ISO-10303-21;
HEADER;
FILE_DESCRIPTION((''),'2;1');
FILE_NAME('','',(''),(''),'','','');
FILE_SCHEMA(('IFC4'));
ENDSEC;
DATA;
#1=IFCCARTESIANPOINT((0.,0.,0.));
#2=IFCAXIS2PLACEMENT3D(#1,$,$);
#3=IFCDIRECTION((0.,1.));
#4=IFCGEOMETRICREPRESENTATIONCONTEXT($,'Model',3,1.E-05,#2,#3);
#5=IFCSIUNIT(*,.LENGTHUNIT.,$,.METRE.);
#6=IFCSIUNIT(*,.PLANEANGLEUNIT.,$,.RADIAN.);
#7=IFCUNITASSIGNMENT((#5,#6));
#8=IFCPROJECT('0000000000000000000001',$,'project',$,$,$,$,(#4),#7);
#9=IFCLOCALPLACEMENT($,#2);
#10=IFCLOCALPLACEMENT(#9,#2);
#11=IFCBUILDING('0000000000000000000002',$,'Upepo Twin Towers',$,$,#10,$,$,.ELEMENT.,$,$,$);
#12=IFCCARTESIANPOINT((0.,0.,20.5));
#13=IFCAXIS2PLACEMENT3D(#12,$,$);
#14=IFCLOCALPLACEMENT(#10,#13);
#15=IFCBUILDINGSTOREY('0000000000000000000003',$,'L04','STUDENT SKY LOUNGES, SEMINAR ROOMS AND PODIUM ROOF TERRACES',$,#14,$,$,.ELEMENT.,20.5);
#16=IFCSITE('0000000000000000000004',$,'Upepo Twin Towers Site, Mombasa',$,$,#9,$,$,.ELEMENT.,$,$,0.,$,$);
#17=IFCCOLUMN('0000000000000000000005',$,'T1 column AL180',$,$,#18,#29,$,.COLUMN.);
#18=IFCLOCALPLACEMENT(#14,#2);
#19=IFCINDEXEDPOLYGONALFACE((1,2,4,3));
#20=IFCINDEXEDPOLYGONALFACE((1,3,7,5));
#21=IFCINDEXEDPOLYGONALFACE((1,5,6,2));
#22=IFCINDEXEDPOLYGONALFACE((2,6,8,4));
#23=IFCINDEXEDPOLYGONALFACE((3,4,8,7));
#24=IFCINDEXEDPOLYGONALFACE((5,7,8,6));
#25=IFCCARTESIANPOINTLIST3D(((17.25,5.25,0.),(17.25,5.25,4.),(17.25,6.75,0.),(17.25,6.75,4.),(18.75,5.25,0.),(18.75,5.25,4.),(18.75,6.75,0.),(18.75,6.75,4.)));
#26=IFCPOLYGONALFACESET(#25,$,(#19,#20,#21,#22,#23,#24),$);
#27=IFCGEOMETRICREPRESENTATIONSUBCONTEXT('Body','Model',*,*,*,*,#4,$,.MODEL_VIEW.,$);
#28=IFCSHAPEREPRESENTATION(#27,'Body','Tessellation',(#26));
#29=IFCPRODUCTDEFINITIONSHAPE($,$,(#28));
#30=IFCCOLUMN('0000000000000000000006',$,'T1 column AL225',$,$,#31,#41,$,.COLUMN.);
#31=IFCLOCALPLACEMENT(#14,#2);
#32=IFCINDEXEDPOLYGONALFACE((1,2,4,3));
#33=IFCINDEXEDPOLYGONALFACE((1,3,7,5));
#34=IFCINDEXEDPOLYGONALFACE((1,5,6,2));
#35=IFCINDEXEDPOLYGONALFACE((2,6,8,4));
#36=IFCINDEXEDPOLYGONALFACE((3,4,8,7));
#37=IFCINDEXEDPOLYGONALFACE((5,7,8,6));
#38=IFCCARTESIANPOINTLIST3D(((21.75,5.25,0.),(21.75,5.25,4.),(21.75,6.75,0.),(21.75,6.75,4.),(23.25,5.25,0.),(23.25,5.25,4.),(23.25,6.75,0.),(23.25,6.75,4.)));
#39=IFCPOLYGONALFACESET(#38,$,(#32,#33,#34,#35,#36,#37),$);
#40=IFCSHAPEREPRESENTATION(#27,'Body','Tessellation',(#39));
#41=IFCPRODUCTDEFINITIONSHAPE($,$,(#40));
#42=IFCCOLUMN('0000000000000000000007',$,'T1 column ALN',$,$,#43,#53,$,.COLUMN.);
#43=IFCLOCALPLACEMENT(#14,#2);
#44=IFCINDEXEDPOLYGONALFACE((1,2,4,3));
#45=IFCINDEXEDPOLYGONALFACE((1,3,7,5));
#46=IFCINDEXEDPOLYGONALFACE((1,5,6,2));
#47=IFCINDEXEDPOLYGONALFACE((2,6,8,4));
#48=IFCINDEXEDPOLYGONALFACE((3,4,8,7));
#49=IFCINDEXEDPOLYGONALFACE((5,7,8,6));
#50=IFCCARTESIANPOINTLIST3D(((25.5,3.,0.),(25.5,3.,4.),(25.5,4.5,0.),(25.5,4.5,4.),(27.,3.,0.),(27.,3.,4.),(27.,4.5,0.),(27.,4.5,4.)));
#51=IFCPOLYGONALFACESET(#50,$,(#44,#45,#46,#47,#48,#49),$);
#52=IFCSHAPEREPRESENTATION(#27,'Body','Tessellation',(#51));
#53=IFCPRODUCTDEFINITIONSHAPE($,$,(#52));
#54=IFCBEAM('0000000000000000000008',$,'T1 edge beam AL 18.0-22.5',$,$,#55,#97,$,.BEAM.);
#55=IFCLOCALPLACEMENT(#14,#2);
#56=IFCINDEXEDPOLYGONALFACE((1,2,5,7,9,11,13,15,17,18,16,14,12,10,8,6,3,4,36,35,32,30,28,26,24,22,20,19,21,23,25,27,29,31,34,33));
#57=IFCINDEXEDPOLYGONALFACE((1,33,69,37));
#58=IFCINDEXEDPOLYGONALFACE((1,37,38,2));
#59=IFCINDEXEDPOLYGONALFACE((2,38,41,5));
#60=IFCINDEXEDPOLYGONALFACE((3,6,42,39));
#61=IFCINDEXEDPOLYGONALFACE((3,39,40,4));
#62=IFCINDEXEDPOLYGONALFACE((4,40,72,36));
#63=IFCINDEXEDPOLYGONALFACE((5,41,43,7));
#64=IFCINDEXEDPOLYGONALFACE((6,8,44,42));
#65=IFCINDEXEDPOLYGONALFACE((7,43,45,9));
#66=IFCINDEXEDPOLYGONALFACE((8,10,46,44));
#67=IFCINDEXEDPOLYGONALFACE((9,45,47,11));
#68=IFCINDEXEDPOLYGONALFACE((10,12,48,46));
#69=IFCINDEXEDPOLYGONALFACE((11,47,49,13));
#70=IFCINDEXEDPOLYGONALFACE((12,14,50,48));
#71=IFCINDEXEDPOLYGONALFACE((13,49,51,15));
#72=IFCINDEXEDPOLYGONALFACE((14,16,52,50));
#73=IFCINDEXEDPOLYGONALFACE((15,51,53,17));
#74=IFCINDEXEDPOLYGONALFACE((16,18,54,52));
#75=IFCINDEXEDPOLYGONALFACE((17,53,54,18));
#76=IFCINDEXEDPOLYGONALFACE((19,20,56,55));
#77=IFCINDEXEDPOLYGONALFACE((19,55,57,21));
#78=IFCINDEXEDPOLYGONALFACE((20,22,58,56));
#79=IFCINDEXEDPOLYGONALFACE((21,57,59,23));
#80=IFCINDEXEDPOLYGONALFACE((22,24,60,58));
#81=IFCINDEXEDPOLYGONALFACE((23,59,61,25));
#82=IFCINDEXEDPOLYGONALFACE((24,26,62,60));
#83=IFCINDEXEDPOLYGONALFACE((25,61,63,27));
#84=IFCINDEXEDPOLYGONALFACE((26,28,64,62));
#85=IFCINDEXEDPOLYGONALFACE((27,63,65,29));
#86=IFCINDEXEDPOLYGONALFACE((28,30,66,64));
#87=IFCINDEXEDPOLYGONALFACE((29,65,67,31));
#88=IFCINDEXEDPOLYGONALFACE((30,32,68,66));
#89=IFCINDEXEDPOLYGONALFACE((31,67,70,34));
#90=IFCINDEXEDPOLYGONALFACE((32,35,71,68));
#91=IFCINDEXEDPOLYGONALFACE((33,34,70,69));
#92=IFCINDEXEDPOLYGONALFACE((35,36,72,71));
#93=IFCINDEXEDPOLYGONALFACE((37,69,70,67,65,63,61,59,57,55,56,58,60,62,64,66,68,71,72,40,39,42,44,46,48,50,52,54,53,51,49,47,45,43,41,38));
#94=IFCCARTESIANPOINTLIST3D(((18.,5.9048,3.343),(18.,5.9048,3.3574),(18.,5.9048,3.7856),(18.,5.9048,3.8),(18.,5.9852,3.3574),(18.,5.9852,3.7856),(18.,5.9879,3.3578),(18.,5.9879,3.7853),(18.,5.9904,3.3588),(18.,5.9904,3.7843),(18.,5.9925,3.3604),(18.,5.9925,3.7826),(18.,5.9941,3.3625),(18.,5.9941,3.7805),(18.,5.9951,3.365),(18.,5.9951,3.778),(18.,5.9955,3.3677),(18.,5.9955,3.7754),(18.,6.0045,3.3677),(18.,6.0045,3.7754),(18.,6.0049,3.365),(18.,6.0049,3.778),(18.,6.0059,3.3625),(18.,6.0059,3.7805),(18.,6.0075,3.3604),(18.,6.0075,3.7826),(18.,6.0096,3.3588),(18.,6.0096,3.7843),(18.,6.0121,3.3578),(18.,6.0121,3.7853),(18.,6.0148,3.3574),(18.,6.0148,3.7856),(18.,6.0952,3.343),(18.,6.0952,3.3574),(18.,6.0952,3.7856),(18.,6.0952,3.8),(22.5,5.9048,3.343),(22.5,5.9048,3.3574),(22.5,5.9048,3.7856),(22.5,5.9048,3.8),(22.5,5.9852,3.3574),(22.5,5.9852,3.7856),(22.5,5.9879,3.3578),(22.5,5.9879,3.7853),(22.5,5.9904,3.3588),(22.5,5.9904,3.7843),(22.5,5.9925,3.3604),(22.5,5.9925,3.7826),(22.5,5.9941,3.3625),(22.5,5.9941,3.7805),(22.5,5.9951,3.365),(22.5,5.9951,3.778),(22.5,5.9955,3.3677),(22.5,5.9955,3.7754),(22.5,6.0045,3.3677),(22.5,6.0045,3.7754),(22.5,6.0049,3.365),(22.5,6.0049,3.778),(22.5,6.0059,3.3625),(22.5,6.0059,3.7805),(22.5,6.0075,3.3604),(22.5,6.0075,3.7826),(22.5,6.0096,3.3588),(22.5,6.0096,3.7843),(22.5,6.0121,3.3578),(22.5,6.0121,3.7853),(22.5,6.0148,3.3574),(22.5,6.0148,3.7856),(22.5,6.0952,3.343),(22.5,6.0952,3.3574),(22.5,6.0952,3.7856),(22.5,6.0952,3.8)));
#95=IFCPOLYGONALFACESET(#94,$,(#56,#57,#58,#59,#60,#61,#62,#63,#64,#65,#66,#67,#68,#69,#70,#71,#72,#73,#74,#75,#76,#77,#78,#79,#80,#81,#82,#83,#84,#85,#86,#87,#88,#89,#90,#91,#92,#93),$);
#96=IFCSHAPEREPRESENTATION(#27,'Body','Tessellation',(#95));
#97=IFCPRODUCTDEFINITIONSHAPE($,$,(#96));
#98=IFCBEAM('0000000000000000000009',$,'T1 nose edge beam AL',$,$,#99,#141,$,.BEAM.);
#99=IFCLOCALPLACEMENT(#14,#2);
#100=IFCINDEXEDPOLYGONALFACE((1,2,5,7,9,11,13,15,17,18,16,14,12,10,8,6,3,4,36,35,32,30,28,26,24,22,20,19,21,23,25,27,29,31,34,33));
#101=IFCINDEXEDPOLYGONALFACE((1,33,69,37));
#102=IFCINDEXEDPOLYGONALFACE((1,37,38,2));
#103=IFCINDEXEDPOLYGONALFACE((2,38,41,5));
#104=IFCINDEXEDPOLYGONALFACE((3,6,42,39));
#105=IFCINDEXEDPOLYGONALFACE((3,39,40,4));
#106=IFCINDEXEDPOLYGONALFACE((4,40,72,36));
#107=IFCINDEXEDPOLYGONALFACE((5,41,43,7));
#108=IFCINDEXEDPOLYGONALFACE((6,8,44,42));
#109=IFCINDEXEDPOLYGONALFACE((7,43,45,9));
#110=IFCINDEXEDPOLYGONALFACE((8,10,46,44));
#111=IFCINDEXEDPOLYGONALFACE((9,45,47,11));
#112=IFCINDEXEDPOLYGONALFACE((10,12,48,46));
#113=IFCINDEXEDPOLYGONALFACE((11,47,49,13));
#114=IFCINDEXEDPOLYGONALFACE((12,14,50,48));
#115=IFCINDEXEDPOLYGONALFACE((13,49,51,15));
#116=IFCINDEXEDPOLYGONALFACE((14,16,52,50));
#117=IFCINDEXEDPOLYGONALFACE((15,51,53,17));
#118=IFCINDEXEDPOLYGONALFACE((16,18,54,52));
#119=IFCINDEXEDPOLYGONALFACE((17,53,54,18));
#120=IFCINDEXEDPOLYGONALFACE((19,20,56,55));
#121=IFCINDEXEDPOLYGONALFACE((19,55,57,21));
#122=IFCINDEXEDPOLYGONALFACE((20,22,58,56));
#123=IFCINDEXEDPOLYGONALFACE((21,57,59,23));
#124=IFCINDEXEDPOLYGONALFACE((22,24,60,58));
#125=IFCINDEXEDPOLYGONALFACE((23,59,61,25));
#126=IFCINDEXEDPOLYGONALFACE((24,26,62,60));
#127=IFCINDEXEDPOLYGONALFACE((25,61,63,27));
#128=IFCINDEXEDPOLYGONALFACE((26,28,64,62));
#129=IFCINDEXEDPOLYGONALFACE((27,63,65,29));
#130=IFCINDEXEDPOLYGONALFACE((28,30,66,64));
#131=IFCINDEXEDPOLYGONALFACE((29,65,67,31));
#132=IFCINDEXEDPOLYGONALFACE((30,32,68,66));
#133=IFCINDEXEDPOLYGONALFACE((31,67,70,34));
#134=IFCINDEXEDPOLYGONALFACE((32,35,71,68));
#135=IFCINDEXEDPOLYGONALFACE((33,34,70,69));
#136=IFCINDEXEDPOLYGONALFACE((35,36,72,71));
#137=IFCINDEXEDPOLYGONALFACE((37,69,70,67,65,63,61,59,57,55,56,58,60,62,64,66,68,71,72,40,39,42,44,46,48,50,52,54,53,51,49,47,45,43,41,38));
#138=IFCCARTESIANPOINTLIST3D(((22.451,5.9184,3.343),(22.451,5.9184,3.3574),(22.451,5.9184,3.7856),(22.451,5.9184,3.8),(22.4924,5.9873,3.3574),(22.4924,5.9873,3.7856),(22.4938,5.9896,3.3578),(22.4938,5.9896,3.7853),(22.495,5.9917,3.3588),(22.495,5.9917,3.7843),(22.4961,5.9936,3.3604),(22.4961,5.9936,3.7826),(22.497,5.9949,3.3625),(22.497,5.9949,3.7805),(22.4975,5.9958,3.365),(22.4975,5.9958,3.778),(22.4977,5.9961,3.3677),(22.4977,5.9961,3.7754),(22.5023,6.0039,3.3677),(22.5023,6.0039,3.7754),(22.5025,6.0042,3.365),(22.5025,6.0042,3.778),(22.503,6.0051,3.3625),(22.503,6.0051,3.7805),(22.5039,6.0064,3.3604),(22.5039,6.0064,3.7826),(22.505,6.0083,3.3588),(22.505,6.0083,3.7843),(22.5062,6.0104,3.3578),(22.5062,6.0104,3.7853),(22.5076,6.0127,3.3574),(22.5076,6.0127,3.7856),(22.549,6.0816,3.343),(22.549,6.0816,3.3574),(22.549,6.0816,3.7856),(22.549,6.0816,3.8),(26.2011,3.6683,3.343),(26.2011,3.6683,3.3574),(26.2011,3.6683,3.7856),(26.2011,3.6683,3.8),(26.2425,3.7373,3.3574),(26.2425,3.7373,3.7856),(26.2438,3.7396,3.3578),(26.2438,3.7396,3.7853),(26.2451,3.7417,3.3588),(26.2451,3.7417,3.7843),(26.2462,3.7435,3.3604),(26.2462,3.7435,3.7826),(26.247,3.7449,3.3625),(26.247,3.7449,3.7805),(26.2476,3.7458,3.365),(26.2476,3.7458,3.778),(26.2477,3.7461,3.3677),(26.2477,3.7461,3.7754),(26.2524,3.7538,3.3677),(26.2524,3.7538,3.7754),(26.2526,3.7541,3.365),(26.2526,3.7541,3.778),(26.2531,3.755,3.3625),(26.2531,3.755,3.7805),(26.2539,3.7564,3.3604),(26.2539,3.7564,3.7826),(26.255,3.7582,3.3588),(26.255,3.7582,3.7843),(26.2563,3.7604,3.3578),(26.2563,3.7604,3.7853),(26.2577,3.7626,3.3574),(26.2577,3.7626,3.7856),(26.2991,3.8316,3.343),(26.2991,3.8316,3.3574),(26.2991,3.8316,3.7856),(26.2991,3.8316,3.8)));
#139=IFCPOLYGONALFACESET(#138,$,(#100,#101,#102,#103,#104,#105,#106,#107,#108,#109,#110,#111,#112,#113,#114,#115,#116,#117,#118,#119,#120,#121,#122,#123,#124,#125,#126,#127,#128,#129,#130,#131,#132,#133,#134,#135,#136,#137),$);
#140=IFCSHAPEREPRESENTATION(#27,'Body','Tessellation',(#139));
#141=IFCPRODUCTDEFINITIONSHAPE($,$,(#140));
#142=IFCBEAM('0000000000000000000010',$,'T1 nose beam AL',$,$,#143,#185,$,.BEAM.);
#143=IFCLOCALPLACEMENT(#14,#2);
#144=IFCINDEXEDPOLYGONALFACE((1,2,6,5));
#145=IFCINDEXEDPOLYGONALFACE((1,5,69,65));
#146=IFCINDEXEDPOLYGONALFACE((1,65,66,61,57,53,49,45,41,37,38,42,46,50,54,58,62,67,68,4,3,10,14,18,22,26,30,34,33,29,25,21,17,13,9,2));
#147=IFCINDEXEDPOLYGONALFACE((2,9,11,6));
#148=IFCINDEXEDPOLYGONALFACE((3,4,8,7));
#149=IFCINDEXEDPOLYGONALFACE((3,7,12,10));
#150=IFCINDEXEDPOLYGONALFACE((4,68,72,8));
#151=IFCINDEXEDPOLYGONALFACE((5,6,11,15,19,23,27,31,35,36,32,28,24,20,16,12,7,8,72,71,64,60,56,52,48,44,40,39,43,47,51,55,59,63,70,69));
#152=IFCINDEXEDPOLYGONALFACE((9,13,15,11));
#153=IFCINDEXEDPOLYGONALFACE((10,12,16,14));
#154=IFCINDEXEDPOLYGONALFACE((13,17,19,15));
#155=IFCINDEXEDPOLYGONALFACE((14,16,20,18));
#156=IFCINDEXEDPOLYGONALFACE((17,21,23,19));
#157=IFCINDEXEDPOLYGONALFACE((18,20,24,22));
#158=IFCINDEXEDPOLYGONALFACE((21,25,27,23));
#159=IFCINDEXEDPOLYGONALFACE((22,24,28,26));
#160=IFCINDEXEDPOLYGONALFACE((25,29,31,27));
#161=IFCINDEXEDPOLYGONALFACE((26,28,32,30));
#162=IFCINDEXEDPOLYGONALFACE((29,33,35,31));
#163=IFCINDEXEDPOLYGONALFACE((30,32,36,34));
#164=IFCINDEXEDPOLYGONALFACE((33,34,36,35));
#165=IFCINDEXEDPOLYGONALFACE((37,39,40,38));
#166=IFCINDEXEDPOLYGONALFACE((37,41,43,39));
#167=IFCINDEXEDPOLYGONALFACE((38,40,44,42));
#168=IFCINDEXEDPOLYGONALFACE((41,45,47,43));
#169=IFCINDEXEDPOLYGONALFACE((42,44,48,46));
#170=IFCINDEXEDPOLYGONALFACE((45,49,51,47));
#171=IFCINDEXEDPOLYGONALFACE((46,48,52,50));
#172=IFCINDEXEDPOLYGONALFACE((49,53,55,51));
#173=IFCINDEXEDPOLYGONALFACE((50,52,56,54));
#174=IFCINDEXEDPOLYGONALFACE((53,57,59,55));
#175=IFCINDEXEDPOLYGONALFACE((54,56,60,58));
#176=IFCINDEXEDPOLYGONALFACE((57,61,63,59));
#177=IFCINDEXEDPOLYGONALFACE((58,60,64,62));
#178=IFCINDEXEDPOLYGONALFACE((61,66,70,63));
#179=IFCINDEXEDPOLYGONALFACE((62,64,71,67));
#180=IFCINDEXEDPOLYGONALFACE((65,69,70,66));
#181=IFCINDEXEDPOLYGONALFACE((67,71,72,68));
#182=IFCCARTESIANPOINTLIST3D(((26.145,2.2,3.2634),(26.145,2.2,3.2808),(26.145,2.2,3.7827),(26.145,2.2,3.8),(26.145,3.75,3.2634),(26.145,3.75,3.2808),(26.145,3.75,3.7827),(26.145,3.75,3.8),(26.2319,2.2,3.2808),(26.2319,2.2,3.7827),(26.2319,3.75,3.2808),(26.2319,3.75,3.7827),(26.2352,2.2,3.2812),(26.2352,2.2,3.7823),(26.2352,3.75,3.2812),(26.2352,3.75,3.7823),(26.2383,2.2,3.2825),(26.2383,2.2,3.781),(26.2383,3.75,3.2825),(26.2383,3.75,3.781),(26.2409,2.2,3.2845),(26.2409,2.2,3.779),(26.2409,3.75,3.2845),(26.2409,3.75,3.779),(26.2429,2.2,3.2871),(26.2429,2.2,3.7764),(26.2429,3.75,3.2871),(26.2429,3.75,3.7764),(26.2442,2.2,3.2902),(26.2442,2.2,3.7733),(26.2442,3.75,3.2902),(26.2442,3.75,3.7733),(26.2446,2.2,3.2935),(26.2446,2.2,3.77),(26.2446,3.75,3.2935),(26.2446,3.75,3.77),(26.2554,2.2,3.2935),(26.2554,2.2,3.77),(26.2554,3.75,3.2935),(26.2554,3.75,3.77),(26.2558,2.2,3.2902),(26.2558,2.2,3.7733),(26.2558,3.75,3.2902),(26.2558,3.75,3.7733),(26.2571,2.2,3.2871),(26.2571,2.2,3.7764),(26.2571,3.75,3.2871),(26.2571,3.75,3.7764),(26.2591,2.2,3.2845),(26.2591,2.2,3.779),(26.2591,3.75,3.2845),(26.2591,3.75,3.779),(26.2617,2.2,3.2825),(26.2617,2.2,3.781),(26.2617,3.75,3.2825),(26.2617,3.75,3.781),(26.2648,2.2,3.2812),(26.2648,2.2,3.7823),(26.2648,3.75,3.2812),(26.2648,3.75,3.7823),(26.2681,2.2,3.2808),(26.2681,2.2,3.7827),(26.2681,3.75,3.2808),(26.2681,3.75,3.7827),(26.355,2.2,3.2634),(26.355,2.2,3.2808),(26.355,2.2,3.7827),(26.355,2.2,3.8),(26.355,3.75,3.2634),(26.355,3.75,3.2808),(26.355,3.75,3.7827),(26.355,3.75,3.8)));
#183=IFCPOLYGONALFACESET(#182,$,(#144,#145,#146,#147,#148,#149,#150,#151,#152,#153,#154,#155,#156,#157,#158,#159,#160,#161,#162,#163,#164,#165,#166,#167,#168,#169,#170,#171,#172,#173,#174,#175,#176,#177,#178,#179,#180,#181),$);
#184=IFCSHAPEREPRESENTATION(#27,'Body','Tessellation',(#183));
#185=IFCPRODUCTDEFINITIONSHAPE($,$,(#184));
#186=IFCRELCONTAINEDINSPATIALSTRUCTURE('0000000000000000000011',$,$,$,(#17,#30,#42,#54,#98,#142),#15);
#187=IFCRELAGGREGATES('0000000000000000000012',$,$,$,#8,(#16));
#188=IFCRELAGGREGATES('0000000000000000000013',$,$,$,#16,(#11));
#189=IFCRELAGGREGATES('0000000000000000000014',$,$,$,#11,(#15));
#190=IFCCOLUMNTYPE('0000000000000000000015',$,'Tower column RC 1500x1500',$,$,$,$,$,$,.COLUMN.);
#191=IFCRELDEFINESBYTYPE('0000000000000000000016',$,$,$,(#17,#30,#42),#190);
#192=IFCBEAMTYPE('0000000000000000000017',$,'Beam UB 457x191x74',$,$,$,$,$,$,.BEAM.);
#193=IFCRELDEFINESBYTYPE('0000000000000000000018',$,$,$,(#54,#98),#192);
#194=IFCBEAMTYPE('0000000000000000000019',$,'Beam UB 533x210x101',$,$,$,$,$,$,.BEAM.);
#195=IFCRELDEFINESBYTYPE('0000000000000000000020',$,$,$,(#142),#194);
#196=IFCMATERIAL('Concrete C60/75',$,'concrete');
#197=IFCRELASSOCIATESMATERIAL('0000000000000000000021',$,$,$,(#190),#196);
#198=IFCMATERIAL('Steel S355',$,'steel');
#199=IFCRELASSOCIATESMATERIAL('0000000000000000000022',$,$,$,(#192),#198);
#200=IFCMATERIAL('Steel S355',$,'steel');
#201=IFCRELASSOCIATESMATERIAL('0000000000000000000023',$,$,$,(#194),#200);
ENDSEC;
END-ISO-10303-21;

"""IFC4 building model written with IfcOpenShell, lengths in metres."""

from ifc_helpers import new_model, si_unit, direction, frame, origin, origin_2d, place, context, subcontext, project, spatial, rectangle, i_section, extrude, material, material_profile, profile_set, type_object, element, save


model = new_model("IFC4")

# Units and contexts
model_context = context("Model", 3, precision=1e-05, world=origin(), true_north=direction((0.0, 1.0)))
body_context = subcontext(model_context, "Body", "Model", "MODEL_VIEW")
ifc_project = project(units=[si_unit("LENGTHUNIT", "METRE"), si_unit("PLANEANGLEUNIT", "RADIAN")], contexts=[model_context])

# Site, building, storey
site_placement = place(None, origin())
site = spatial("IfcSite", under=ifc_project, at=site_placement, Name="Upepo Twin Towers Site, Mombasa", CompositionType="ELEMENT", RefElevation=0.0)
building_placement = place(site_placement, origin())
building = spatial("IfcBuilding", under=site, at=building_placement, Name="Upepo Twin Towers", CompositionType="ELEMENT")
storey_placement = place(building_placement, frame((0.0, 0.0, 20.5)))
storey = spatial("IfcBuildingStorey", under=building, at=storey_placement, Name="L04", Description="STUDENT SKY LOUNGES, SEMINAR ROOMS AND PODIUM ROOF TERRACES", CompositionType="ELEMENT", Elevation=20.5)

# Columns
ifc_material_1 = material(Name="Concrete C60/75", Category="concrete")
ifc_material_profile_1 = material_profile(ifc_material_1, rectangle(XDim=1.5, YDim=1.5, at=origin_2d()), Name="RC 1500x1500")
ifc_profile_set_1 = profile_set([ifc_material_profile_1], Name="Concrete C60/75")
column_type = type_object("IfcColumnType", Name="Tower column RC 1500x1500", PredefinedType="COLUMN", material=ifc_profile_set_1)
for number, where, z_axis, x_axis, name in (
    (1, (18.0, 6.0, 0.0), (0.0, 0.0, 1.0), (1.0, 0.0, 0.0), "T1 column AL180"),
    (2, (22.5, 6.0, 0.0), (0.0, 0.0, 1.0), (1.0, 0.0, 0.0), "T1 column AL225"),
    (3, (26.25, 3.75, 0.0), (0.0, 0.0, 1.0), (1.0, 0.0, 0.0), "T1 column ALN"),
):
    element("IfcColumn", number, at=place(storey_placement, frame(where, z_axis=z_axis, x_axis=x_axis)), inside=storey, type_object=column_type, Name=name, PredefinedType="COLUMN", context=body_context, shape_type="SweptSolid", body=[
        extrude(rectangle(XDim=1.5, YDim=1.5, at=origin_2d()), origin(), (0.0, 0.0, 1.0), 4.0),
    ])

# Beams
ifc_material_2 = material(Name="Steel S355", Category="steel")
ifc_material_profile_2 = material_profile(ifc_material_2, i_section(OverallWidth=0.1904, OverallDepth=0.457, WebThickness=0.009, FlangeThickness=0.0144, FilletRadius=0.0103, at=origin_2d()), Name="UB 457x191x74")
ifc_profile_set_2 = profile_set([ifc_material_profile_2], Name="Steel S355")
beam_type_1 = type_object("IfcBeamType", Name="Beam UB 457x191x74", PredefinedType="BEAM", material=ifc_profile_set_2)
beam_1_placement = place(storey_placement, frame((18.0, 6.0, 3.5715), z_axis=(1.0, 0.0, 0.0), x_axis=(0.0, 1.0, 0.0)))
element("IfcBeam", 4, at=beam_1_placement, inside=storey, type_object=beam_type_1, Name="T1 edge beam AL 18.0-22.5", PredefinedType="BEAM", context=body_context, shape_type="SweptSolid", body=[
    extrude(i_section(OverallWidth=0.1904, OverallDepth=0.457, WebThickness=0.009, FlangeThickness=0.0144, FilletRadius=0.0103, at=origin_2d()), origin(), (0.0, 0.0, 1.0), 4.5),
])
beam_2_placement = place(storey_placement, frame((22.5, 6.0, 3.5715), z_axis=(0.857493, -0.514496, 0.0), x_axis=(0.514496, 0.857493, 0.0)))
element("IfcBeam", 5, at=beam_2_placement, inside=storey, type_object=beam_type_1, Name="T1 nose edge beam AL", PredefinedType="BEAM", context=body_context, shape_type="SweptSolid", body=[
    extrude(i_section(OverallWidth=0.1904, OverallDepth=0.457, WebThickness=0.009, FlangeThickness=0.0144, FilletRadius=0.0103, at=origin_2d()), origin(), (0.0, 0.0, 1.0), 4.3733),
])
ifc_material_3 = material(Name="Steel S355", Category="steel")
ifc_material_profile_3 = material_profile(ifc_material_3, i_section(OverallWidth=0.21, OverallDepth=0.5366, WebThickness=0.0107, FlangeThickness=0.0173, FilletRadius=0.0127, at=origin_2d()), Name="UB 533x210x101")
ifc_profile_set_3 = profile_set([ifc_material_profile_3], Name="Steel S355")
beam_type_2 = type_object("IfcBeamType", Name="Beam UB 533x210x101", PredefinedType="BEAM", material=ifc_profile_set_3)
beam_3_placement = place(storey_placement, frame((26.25, 3.75, 3.5317), z_axis=(0.0, -1.0, 0.0), x_axis=(1.0, 0.0, 0.0)))
element("IfcBeam", 6, at=beam_3_placement, inside=storey, type_object=beam_type_2, Name="T1 nose beam AL", PredefinedType="BEAM", context=body_context, shape_type="SweptSolid", body=[
    extrude(i_section(OverallWidth=0.21, OverallDepth=0.5366, WebThickness=0.0107, FlangeThickness=0.0173, FilletRadius=0.0127, at=origin_2d()), origin(), (0.0, 0.0, 1.0), 1.55),
])

save(model, "model.ifc")
